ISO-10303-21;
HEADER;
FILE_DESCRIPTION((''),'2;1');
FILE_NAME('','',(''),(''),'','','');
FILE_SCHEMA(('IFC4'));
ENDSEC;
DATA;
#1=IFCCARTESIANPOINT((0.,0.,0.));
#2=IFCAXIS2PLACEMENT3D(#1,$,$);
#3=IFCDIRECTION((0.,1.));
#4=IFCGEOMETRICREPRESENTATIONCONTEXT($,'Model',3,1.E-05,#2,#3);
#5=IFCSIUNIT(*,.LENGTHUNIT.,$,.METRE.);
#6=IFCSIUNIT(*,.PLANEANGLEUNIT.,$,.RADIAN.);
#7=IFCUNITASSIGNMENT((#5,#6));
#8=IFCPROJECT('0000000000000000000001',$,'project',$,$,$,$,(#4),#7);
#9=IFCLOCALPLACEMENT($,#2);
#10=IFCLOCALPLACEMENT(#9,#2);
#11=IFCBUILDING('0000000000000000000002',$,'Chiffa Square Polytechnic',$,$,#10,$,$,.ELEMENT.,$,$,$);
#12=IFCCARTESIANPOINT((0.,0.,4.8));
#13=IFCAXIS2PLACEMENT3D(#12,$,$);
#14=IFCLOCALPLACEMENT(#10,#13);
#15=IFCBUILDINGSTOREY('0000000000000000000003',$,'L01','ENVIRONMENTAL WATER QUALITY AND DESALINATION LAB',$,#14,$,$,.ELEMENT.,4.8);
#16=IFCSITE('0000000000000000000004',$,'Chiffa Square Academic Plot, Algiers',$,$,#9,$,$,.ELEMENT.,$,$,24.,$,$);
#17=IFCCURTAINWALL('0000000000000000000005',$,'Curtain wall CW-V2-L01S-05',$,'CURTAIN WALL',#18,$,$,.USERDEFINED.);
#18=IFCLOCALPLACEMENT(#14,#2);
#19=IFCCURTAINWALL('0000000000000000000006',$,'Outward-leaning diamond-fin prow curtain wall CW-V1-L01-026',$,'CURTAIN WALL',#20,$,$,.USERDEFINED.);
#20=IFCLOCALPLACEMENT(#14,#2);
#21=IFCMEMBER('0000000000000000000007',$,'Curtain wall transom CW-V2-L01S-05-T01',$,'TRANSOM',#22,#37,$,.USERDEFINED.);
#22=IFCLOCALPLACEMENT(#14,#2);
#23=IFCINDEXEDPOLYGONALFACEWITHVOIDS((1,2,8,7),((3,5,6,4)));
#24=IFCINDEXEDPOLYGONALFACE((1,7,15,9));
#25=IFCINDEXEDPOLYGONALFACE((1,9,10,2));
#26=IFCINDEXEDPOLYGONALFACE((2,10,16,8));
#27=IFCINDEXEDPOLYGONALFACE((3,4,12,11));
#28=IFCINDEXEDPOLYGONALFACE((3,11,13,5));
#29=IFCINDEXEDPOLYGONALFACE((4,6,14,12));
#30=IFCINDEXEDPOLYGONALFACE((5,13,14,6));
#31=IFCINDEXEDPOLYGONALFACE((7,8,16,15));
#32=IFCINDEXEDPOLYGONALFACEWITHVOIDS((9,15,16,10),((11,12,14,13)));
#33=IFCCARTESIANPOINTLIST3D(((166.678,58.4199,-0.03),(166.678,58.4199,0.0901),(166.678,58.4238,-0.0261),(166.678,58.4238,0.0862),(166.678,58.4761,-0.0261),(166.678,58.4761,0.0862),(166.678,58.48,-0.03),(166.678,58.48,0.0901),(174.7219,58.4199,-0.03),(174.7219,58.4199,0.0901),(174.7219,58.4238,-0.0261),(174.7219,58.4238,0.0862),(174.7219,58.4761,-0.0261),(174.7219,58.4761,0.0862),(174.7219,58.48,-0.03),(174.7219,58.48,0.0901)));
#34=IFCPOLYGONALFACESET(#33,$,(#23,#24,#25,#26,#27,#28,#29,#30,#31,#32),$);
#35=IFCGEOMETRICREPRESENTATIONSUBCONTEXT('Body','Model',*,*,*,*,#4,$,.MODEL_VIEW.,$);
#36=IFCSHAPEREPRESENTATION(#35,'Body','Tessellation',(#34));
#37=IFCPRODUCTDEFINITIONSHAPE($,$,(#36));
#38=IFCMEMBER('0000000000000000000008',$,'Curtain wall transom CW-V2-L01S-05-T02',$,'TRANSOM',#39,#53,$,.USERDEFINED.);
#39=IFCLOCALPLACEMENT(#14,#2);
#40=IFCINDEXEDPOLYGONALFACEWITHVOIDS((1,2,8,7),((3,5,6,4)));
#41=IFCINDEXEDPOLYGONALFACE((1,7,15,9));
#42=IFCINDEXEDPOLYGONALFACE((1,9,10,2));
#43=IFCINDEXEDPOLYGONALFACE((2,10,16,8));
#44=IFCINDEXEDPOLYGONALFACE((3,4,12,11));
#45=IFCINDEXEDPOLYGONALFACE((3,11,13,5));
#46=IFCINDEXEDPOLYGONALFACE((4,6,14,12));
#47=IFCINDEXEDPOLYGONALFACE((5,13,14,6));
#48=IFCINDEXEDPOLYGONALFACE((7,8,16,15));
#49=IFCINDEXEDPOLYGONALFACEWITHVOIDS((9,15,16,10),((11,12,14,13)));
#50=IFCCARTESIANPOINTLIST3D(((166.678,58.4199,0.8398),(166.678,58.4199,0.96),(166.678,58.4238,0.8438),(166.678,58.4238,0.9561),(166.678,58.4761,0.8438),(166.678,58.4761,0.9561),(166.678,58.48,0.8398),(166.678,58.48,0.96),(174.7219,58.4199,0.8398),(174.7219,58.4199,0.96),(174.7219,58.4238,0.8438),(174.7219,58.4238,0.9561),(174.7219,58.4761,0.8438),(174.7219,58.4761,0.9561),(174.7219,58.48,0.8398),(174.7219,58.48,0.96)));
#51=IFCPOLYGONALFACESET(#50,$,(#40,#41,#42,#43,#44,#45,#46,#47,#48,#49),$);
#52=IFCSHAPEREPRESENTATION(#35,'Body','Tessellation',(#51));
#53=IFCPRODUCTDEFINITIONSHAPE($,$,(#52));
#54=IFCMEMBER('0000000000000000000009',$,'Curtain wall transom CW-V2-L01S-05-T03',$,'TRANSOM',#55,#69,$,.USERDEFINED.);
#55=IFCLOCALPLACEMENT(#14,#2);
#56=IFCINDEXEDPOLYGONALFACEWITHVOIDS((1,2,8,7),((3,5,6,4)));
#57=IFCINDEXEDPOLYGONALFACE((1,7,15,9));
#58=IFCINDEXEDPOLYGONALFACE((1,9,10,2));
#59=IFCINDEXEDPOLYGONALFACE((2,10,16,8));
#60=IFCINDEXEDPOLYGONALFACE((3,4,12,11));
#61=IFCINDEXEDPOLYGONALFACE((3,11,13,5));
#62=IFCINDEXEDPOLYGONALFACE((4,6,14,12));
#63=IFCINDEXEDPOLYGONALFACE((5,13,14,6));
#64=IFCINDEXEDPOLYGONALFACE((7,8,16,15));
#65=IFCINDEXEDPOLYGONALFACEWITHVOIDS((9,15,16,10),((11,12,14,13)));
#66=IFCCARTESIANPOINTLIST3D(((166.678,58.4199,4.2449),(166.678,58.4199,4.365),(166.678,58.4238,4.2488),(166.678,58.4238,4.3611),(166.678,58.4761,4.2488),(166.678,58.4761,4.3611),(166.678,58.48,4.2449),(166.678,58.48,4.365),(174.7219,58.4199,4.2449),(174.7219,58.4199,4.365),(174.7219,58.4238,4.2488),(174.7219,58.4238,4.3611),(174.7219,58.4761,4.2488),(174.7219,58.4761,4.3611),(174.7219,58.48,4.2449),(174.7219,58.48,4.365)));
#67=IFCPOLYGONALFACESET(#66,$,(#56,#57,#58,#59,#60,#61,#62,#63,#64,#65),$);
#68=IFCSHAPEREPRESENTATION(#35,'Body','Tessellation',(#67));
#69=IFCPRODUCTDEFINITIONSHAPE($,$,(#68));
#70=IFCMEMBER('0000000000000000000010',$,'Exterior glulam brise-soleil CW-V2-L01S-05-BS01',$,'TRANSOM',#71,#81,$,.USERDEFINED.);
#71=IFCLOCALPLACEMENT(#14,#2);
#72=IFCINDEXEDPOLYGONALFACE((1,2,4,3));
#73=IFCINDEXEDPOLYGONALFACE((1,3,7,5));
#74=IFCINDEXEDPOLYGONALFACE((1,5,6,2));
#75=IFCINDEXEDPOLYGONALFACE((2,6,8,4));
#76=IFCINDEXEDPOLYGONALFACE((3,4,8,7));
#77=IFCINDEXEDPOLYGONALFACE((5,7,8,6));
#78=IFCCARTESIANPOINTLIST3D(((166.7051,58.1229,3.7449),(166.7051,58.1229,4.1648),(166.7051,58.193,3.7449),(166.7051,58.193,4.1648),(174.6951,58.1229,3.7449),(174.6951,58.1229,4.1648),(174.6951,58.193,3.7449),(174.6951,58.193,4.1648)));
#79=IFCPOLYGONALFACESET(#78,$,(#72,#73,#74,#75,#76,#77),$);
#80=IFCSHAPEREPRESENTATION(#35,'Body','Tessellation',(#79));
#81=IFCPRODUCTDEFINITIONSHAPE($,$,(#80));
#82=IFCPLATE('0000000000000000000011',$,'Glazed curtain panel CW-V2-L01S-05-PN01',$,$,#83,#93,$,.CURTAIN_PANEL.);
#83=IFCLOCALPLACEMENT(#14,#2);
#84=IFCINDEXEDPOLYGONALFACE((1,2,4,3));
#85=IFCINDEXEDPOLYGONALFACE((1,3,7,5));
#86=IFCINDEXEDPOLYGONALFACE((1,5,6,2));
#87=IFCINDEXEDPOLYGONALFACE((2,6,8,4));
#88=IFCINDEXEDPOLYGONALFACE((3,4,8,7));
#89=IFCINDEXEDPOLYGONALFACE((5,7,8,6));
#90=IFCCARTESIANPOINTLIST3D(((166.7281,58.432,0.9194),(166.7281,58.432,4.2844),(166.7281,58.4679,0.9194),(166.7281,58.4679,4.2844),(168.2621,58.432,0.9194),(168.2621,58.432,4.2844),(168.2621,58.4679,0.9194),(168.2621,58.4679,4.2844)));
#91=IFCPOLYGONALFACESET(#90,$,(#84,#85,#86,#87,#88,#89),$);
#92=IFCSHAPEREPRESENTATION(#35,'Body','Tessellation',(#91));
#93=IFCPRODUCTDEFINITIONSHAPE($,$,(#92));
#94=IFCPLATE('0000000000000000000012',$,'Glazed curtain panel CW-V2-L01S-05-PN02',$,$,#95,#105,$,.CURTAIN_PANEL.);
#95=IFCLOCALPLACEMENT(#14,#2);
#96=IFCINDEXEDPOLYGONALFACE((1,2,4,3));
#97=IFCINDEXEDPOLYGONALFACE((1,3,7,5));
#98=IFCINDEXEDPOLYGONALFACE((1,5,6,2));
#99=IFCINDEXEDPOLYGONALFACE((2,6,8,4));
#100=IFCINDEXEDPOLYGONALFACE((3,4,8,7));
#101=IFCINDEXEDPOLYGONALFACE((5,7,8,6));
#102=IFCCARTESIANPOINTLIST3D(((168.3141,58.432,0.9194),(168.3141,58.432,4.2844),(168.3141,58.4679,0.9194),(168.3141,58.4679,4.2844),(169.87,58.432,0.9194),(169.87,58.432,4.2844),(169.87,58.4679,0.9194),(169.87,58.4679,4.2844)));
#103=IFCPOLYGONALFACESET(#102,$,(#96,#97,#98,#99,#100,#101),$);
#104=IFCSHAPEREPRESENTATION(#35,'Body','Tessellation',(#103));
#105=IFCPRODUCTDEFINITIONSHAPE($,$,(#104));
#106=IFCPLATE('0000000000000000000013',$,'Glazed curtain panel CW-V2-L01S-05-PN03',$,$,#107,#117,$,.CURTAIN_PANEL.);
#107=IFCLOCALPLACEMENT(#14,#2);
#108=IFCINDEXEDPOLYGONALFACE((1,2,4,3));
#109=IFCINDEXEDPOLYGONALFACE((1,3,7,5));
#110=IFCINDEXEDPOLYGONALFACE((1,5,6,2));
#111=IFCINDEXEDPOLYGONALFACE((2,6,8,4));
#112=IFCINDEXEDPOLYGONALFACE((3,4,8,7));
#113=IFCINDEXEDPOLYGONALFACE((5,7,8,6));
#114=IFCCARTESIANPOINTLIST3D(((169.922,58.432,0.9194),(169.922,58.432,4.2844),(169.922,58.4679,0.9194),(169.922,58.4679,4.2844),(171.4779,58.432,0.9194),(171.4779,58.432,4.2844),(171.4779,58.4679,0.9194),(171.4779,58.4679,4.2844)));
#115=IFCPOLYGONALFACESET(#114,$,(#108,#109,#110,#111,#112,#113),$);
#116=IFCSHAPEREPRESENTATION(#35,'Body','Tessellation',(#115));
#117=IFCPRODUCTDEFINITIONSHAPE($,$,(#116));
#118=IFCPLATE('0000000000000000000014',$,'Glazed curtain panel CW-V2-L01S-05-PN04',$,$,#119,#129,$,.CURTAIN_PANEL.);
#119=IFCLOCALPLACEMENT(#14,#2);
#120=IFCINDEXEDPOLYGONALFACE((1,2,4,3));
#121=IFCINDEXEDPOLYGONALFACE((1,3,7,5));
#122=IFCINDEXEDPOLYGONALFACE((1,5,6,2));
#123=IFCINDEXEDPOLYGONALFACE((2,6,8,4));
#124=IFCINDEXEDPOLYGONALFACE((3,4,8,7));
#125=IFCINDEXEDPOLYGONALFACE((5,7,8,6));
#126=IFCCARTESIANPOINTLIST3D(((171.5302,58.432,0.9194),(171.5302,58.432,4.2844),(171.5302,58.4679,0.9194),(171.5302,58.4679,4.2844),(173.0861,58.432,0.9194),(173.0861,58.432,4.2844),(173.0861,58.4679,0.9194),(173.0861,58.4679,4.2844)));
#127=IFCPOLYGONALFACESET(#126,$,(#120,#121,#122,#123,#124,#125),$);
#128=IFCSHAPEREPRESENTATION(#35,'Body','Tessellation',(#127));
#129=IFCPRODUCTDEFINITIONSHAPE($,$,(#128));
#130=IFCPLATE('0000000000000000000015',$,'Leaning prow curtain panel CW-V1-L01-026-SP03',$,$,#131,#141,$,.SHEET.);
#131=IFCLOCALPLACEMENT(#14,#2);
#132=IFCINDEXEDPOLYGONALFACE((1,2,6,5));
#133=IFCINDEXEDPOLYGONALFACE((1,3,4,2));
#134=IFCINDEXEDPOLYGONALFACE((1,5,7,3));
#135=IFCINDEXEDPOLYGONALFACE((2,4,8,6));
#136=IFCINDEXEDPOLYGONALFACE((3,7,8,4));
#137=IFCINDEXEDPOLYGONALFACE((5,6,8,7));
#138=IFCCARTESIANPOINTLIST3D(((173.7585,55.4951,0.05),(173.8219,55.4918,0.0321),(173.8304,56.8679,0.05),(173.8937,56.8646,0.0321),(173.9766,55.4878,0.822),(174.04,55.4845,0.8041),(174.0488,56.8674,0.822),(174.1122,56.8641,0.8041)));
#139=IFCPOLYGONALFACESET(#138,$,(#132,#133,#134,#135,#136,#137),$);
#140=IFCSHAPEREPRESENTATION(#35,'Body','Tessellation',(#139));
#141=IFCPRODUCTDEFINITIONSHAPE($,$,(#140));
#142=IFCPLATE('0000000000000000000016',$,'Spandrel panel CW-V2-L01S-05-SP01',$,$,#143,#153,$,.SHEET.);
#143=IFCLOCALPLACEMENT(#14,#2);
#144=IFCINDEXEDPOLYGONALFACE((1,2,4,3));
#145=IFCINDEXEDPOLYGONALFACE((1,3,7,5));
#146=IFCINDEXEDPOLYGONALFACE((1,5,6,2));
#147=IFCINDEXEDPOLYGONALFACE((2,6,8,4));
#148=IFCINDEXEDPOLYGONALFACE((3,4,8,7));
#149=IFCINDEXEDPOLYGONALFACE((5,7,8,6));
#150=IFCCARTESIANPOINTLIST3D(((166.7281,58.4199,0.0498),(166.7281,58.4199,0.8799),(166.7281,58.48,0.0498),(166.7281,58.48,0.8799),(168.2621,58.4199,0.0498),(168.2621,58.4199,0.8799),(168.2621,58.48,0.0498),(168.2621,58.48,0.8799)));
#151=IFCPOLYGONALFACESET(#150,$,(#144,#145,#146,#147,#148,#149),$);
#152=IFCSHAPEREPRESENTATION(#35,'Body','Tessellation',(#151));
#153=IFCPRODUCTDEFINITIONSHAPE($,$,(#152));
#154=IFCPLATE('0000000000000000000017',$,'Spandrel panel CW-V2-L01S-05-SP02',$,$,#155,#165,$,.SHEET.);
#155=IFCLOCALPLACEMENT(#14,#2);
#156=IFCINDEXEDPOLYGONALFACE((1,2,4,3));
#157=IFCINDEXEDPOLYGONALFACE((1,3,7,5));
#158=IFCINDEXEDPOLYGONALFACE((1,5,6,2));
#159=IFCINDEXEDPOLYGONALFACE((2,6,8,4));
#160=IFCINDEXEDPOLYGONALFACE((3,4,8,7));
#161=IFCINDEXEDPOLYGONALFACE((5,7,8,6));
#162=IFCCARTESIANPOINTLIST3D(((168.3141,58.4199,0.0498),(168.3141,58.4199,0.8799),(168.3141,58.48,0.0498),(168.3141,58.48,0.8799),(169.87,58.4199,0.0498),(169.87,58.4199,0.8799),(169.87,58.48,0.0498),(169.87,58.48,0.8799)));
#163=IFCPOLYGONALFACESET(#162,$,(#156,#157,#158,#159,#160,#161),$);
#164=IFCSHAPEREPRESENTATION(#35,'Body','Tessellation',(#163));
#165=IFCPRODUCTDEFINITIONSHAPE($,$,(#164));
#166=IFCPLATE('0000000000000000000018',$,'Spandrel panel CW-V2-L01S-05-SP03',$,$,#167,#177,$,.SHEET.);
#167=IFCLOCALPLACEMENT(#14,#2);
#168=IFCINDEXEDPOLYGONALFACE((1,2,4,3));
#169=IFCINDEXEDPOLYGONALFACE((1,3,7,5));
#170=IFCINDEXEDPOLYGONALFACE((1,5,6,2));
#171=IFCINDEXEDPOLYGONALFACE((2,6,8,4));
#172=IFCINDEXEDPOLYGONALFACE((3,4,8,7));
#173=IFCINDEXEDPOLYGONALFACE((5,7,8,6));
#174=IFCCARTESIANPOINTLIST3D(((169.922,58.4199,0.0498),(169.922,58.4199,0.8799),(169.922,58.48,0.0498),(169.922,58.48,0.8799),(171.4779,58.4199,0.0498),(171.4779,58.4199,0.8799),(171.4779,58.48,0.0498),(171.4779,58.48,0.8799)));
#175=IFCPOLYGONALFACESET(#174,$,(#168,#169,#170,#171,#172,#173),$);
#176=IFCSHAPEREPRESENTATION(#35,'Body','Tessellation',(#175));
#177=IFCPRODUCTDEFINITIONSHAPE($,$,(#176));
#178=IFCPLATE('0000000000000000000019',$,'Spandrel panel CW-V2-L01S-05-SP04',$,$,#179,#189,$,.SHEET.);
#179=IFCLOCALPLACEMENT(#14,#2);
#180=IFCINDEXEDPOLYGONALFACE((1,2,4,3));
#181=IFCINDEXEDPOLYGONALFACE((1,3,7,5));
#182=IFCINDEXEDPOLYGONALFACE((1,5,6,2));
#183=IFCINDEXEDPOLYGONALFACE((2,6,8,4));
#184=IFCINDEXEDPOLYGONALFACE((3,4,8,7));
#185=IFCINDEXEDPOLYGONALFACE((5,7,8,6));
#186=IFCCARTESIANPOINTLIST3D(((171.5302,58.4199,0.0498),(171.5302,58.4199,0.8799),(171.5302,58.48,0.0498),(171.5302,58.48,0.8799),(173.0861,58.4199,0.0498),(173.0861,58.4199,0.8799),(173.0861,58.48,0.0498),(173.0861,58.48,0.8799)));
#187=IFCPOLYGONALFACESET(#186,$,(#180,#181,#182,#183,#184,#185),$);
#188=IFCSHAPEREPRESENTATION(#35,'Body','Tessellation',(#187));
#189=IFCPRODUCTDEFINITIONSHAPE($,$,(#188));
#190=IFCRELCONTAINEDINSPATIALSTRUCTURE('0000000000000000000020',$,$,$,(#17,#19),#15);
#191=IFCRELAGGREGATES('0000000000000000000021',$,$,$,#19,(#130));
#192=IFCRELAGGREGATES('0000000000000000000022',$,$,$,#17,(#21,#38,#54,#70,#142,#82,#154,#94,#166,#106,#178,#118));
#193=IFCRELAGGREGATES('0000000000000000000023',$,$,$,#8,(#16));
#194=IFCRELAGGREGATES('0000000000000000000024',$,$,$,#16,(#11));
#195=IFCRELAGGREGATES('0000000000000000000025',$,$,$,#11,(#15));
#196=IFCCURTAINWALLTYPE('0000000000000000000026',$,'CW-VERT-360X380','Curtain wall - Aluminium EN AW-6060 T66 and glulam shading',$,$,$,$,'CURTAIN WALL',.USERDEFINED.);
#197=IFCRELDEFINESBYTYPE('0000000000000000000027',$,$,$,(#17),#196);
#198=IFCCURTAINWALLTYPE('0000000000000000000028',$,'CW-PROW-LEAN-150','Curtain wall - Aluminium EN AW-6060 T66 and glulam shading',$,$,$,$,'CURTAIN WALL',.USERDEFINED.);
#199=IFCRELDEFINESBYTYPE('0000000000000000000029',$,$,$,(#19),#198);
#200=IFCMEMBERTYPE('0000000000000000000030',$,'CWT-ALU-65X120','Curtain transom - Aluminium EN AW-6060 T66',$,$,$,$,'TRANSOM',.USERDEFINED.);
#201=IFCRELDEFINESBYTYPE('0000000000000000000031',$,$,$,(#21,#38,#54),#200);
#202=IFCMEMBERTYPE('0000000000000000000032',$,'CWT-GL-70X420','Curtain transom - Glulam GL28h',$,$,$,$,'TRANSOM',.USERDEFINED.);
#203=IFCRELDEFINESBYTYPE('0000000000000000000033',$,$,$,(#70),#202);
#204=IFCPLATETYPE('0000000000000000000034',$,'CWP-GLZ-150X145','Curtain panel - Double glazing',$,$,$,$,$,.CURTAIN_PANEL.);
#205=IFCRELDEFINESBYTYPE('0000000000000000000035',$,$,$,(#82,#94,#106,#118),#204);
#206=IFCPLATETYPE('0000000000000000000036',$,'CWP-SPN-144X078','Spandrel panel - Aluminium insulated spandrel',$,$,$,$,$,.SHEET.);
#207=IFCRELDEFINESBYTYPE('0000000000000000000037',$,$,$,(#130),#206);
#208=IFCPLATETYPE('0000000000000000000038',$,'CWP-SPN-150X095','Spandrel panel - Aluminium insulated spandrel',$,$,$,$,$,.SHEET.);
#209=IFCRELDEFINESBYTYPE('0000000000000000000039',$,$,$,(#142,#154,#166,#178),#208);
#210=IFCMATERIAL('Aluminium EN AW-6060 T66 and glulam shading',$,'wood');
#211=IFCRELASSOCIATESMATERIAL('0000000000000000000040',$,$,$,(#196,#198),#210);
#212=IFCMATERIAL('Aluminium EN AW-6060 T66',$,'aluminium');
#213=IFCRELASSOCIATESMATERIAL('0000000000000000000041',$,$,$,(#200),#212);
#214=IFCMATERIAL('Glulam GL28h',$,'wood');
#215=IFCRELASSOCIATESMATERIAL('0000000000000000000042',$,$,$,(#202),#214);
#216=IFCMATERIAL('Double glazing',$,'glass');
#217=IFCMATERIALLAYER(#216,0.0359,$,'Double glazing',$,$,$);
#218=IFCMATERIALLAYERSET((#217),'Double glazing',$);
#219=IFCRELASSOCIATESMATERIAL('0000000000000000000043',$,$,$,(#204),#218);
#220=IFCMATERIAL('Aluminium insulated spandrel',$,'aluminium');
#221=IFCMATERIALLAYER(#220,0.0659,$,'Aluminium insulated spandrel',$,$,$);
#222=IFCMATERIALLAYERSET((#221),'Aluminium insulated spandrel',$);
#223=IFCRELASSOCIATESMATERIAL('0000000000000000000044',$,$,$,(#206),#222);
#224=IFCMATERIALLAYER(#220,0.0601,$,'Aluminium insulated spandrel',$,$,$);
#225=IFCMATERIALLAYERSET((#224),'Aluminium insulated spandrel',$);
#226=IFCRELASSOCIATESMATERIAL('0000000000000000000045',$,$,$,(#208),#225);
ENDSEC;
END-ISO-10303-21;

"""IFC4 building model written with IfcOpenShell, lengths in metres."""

from ifc_helpers import new_model, si_unit, direction, frame, origin, origin_2d, place, context, subcontext, project, spatial, polyline, rectangle, hollow_rectangle, outline, extrude, material, layer, layer_set, material_profile, profile_set, type_object, element, aggregate, save


model = new_model("IFC4")

# Units and contexts
model_context = context("Model", 3, precision=1e-05, world=origin(), true_north=direction((0.0, 1.0)))
body_context = subcontext(model_context, "Body", "Model", "MODEL_VIEW")
ifc_project = project(units=[si_unit("LENGTHUNIT", "METRE"), si_unit("PLANEANGLEUNIT", "RADIAN")], contexts=[model_context])

# Site, building, storey
site_placement = place(None, origin())
site = spatial("IfcSite", under=ifc_project, at=site_placement, Name="Chiffa Square Academic Plot, Algiers", CompositionType="ELEMENT", RefElevation=24.0)
building_placement = place(site_placement, origin())
building = spatial("IfcBuilding", under=site, at=building_placement, Name="Chiffa Square Polytechnic", CompositionType="ELEMENT")
storey_placement = place(building_placement, frame((0.0, 0.0, 4.8)))
storey = spatial("IfcBuildingStorey", under=building, at=storey_placement, Name="L01", Description="ENVIRONMENTAL WATER QUALITY AND DESALINATION LAB", CompositionType="ELEMENT", Elevation=4.8)

# Curtain walls
ifc_material_1 = material(Name="Aluminium EN AW-6060 T66 and glulam shading", Category="wood")
curtain_wall_type_1 = type_object("IfcCurtainWallType", Name="CW-VERT-360X380", Description="Curtain wall - Aluminium EN AW-6060 T66 and glulam shading", ElementType="CURTAIN WALL", PredefinedType="USERDEFINED", material=ifc_material_1)
curtain_wall_1_placement = place(storey_placement, origin())
curtain_wall_1 = element("IfcCurtainWall", 1, at=curtain_wall_1_placement, inside=storey, type_object=curtain_wall_type_1, Name="Curtain wall CW-V2-L01S-05", ObjectType="CURTAIN WALL", PredefinedType="USERDEFINED")
ifc_material_2 = material(Name="Aluminium EN AW-6060 T66", Category="aluminium")
curtain_wall_type_2 = type_object("IfcCurtainWallType", Name="CW-PROW-LEAN-150", Description="Curtain wall - Aluminium EN AW-6060 T66 and glulam shading", ElementType="CURTAIN WALL", PredefinedType="USERDEFINED", material=ifc_material_1)
curtain_wall_2_placement = place(storey_placement, origin())
curtain_wall_2 = element("IfcCurtainWall", 2, at=curtain_wall_2_placement, inside=storey, type_object=curtain_wall_type_2, Name="Outward-leaning diamond-fin prow curtain wall CW-V1-L01-026", ObjectType="CURTAIN WALL", PredefinedType="USERDEFINED")

# Members
ifc_material_3 = material(Name="Glulam GL28h", Category="wood")
ifc_material_profile_1 = material_profile(ifc_material_2, hollow_rectangle(XDim=0.0601, YDim=0.1201, WallThickness=0.0039, at=origin_2d()), Name="ALU 60x120x4")
ifc_profile_set_1 = profile_set([ifc_material_profile_1], Name="Aluminium EN AW-6060 T66")
member_type_1 = type_object("IfcMemberType", Name="CWT-ALU-65X120", Description="Curtain transom - Aluminium EN AW-6060 T66", ElementType="TRANSOM", PredefinedType="USERDEFINED", material=ifc_profile_set_1)
member_1_placement = place(storey_placement, frame((166.678, 58.45, 0.03), z_axis=(1.0, 0.0, 0.0), x_axis=(0.0, 1.0, 0.0)))
member_1 = element("IfcMember", 3, at=member_1_placement, type_object=member_type_1, Name="Curtain wall transom CW-V2-L01S-05-T01", ObjectType="TRANSOM", PredefinedType="USERDEFINED", context=body_context, shape_type="SweptSolid", body=[
    extrude(hollow_rectangle(XDim=0.0601, YDim=0.1201, WallThickness=0.0039, at=origin_2d()), origin(), (0.0, 0.0, 1.0), 8.0439),
])
member_2_placement = place(storey_placement, frame((166.678, 58.45, 0.8999), z_axis=(1.0, 0.0, 0.0), x_axis=(0.0, 1.0, 0.0)))
member_2 = element("IfcMember", 4, at=member_2_placement, type_object=member_type_1, Name="Curtain wall transom CW-V2-L01S-05-T02", ObjectType="TRANSOM", PredefinedType="USERDEFINED", context=body_context, shape_type="SweptSolid", body=[
    extrude(hollow_rectangle(XDim=0.0601, YDim=0.1201, WallThickness=0.0039, at=origin_2d()), origin(), (0.0, 0.0, 1.0), 8.0439),
])
member_3_placement = place(storey_placement, frame((166.678, 58.45, 4.3049), z_axis=(1.0, 0.0, 0.0), x_axis=(0.0, 1.0, 0.0)))
member_3 = element("IfcMember", 5, at=member_3_placement, type_object=member_type_1, Name="Curtain wall transom CW-V2-L01S-05-T03", ObjectType="TRANSOM", PredefinedType="USERDEFINED", context=body_context, shape_type="SweptSolid", body=[
    extrude(hollow_rectangle(XDim=0.0601, YDim=0.1201, WallThickness=0.0039, at=origin_2d()), origin(), (0.0, 0.0, 1.0), 8.0439),
])
ifc_material_profile_2 = material_profile(ifc_material_3, rectangle(XDim=0.0701, YDim=0.4199, at=origin_2d()), Name="GL28h 70x420")
ifc_profile_set_2 = profile_set([ifc_material_profile_2], Name="Glulam GL28h")
member_type_2 = type_object("IfcMemberType", Name="CWT-GL-70X420", Description="Curtain transom - Glulam GL28h", ElementType="TRANSOM", PredefinedType="USERDEFINED", material=ifc_profile_set_2)
member_4_placement = place(storey_placement, frame((166.7051, 58.158, 3.9548), z_axis=(1.0, 0.0, 0.0), x_axis=(0.0, 1.0, 0.0)))
member_4 = element("IfcMember", 6, at=member_4_placement, type_object=member_type_2, Name="Exterior glulam brise-soleil CW-V2-L01S-05-BS01", ObjectType="TRANSOM", PredefinedType="USERDEFINED", context=body_context, shape_type="SweptSolid", body=[
    extrude(rectangle(XDim=0.0701, YDim=0.4199, at=origin_2d()), origin(), (0.0, 0.0, 1.0), 7.99),
])

# Plates
ifc_material_4 = material(Name="Double glazing", Category="glass")
ifc_layer_1 = layer(ifc_material_4, 0.0359, Name="Double glazing")
ifc_layer_set_1 = layer_set([ifc_layer_1], Name="Double glazing")
plate_type_1 = type_object("IfcPlateType", Name="CWP-GLZ-150X145", Description="Curtain panel - Double glazing", PredefinedType="CURTAIN_PANEL", material=ifc_layer_set_1)
plate_1_placement = place(storey_placement, frame((167.4951, 58.45, 0.9194), z_axis=(0.0, 0.0, 1.0), x_axis=(1.0, 0.0, 0.0)))
plate_1 = element("IfcPlate", 7, at=plate_1_placement, type_object=plate_type_1, Name="Glazed curtain panel CW-V2-L01S-05-PN01", PredefinedType="CURTAIN_PANEL", context=body_context, shape_type="SweptSolid", body=[
    extrude(rectangle(XDim=1.5339, YDim=0.0359, at=origin_2d()), origin(), (0.0, 0.0, 1.0), 3.365),
])
plate_2_placement = place(storey_placement, frame((169.092, 58.45, 0.9194), z_axis=(0.0, 0.0, 1.0), x_axis=(1.0, 0.0, 0.0)))
plate_2 = element("IfcPlate", 8, at=plate_2_placement, type_object=plate_type_1, Name="Glazed curtain panel CW-V2-L01S-05-PN02", PredefinedType="CURTAIN_PANEL", context=body_context, shape_type="SweptSolid", body=[
    extrude(rectangle(XDim=1.5559, YDim=0.0359, at=origin_2d()), origin(), (0.0, 0.0, 1.0), 3.365),
])
plate_3_placement = place(storey_placement, frame((170.7, 58.45, 0.9194), z_axis=(0.0, 0.0, 1.0), x_axis=(1.0, 0.0, 0.0)))
plate_3 = element("IfcPlate", 9, at=plate_3_placement, type_object=plate_type_1, Name="Glazed curtain panel CW-V2-L01S-05-PN03", PredefinedType="CURTAIN_PANEL", context=body_context, shape_type="SweptSolid", body=[
    extrude(rectangle(XDim=1.5559, YDim=0.0359, at=origin_2d()), origin(), (0.0, 0.0, 1.0), 3.365),
])
plate_4_placement = place(storey_placement, frame((172.3081, 58.45, 0.9194), z_axis=(0.0, 0.0, 1.0), x_axis=(1.0, 0.0, 0.0)))
plate_4 = element("IfcPlate", 10, at=plate_4_placement, type_object=plate_type_1, Name="Glazed curtain panel CW-V2-L01S-05-PN04", PredefinedType="CURTAIN_PANEL", context=body_context, shape_type="SweptSolid", body=[
    extrude(rectangle(XDim=1.5559, YDim=0.0359, at=origin_2d()), origin(), (0.0, 0.0, 1.0), 3.365),
])
ifc_material_5 = material(Name="Aluminium insulated spandrel", Category="aluminium")
ifc_layer_2 = layer(ifc_material_5, 0.0659, Name="Aluminium insulated spandrel")
ifc_layer_set_2 = layer_set([ifc_layer_2], Name="Aluminium insulated spandrel")
plate_type_2 = type_object("IfcPlateType", Name="CWP-SPN-144X078", Description="Spandrel panel - Aluminium insulated spandrel", PredefinedType="SHEET", material=ifc_layer_set_2)
plate_5_placement = place(storey_placement, frame((173.7585, 55.4951, 0.05), z_axis=(-0.960994, 0.050292, 0.271959), x_axis=(0.052258, 0.998634, -0.000012)))
plate_5 = element("IfcPlate", 11, at=plate_5_placement, type_object=plate_type_2, Name="Leaning prow curtain panel CW-V1-L01-026-SP03", PredefinedType="SHEET", context=body_context, shape_type="SweptSolid", body=[
    extrude(outline(polyline([(0.0, 0.0), (1.3747, 0.0), (1.3856, -0.8022), (0.0041, -0.8022), (0.0, 0.0)])), origin(), (0.0, 0.0, -1.0), 0.0659),
])
aggregate(curtain_wall_2, [plate_5])
ifc_layer_3 = layer(ifc_material_5, 0.0601, Name="Aluminium insulated spandrel")
ifc_layer_set_3 = layer_set([ifc_layer_3], Name="Aluminium insulated spandrel")
plate_type_3 = type_object("IfcPlateType", Name="CWP-SPN-150X095", Description="Spandrel panel - Aluminium insulated spandrel", PredefinedType="SHEET", material=ifc_layer_set_3)
plate_6_placement = place(storey_placement, frame((167.4951, 58.45, 0.0498), z_axis=(0.0, 0.0, 1.0), x_axis=(1.0, 0.0, 0.0)))
plate_6 = element("IfcPlate", 12, at=plate_6_placement, type_object=plate_type_3, Name="Spandrel panel CW-V2-L01S-05-SP01", PredefinedType="SHEET", context=body_context, shape_type="SweptSolid", body=[
    extrude(rectangle(XDim=1.5339, YDim=0.0601, at=origin_2d()), origin(), (0.0, 0.0, 1.0), 0.8301),
])
plate_7_placement = place(storey_placement, frame((169.092, 58.45, 0.0498), z_axis=(0.0, 0.0, 1.0), x_axis=(1.0, 0.0, 0.0)))
plate_7 = element("IfcPlate", 13, at=plate_7_placement, type_object=plate_type_3, Name="Spandrel panel CW-V2-L01S-05-SP02", PredefinedType="SHEET", context=body_context, shape_type="SweptSolid", body=[
    extrude(rectangle(XDim=1.5559, YDim=0.0601, at=origin_2d()), origin(), (0.0, 0.0, 1.0), 0.8301),
])
plate_8_placement = place(storey_placement, frame((170.7, 58.45, 0.0498), z_axis=(0.0, 0.0, 1.0), x_axis=(1.0, 0.0, 0.0)))
plate_8 = element("IfcPlate", 14, at=plate_8_placement, type_object=plate_type_3, Name="Spandrel panel CW-V2-L01S-05-SP03", PredefinedType="SHEET", context=body_context, shape_type="SweptSolid", body=[
    extrude(rectangle(XDim=1.5559, YDim=0.0601, at=origin_2d()), origin(), (0.0, 0.0, 1.0), 0.8301),
])
plate_9_placement = place(storey_placement, frame((172.3081, 58.45, 0.0498), z_axis=(0.0, 0.0, 1.0), x_axis=(1.0, 0.0, 0.0)))
plate_9 = element("IfcPlate", 15, at=plate_9_placement, type_object=plate_type_3, Name="Spandrel panel CW-V2-L01S-05-SP04", PredefinedType="SHEET", context=body_context, shape_type="SweptSolid", body=[
    extrude(rectangle(XDim=1.5559, YDim=0.0601, at=origin_2d()), origin(), (0.0, 0.0, 1.0), 0.8301),
])
aggregate(curtain_wall_1, [member_1, member_2, member_3, member_4, plate_6, plate_1, plate_7, plate_2, plate_8, plate_3, plate_9, plate_4])

save(model, "model.ifc")
